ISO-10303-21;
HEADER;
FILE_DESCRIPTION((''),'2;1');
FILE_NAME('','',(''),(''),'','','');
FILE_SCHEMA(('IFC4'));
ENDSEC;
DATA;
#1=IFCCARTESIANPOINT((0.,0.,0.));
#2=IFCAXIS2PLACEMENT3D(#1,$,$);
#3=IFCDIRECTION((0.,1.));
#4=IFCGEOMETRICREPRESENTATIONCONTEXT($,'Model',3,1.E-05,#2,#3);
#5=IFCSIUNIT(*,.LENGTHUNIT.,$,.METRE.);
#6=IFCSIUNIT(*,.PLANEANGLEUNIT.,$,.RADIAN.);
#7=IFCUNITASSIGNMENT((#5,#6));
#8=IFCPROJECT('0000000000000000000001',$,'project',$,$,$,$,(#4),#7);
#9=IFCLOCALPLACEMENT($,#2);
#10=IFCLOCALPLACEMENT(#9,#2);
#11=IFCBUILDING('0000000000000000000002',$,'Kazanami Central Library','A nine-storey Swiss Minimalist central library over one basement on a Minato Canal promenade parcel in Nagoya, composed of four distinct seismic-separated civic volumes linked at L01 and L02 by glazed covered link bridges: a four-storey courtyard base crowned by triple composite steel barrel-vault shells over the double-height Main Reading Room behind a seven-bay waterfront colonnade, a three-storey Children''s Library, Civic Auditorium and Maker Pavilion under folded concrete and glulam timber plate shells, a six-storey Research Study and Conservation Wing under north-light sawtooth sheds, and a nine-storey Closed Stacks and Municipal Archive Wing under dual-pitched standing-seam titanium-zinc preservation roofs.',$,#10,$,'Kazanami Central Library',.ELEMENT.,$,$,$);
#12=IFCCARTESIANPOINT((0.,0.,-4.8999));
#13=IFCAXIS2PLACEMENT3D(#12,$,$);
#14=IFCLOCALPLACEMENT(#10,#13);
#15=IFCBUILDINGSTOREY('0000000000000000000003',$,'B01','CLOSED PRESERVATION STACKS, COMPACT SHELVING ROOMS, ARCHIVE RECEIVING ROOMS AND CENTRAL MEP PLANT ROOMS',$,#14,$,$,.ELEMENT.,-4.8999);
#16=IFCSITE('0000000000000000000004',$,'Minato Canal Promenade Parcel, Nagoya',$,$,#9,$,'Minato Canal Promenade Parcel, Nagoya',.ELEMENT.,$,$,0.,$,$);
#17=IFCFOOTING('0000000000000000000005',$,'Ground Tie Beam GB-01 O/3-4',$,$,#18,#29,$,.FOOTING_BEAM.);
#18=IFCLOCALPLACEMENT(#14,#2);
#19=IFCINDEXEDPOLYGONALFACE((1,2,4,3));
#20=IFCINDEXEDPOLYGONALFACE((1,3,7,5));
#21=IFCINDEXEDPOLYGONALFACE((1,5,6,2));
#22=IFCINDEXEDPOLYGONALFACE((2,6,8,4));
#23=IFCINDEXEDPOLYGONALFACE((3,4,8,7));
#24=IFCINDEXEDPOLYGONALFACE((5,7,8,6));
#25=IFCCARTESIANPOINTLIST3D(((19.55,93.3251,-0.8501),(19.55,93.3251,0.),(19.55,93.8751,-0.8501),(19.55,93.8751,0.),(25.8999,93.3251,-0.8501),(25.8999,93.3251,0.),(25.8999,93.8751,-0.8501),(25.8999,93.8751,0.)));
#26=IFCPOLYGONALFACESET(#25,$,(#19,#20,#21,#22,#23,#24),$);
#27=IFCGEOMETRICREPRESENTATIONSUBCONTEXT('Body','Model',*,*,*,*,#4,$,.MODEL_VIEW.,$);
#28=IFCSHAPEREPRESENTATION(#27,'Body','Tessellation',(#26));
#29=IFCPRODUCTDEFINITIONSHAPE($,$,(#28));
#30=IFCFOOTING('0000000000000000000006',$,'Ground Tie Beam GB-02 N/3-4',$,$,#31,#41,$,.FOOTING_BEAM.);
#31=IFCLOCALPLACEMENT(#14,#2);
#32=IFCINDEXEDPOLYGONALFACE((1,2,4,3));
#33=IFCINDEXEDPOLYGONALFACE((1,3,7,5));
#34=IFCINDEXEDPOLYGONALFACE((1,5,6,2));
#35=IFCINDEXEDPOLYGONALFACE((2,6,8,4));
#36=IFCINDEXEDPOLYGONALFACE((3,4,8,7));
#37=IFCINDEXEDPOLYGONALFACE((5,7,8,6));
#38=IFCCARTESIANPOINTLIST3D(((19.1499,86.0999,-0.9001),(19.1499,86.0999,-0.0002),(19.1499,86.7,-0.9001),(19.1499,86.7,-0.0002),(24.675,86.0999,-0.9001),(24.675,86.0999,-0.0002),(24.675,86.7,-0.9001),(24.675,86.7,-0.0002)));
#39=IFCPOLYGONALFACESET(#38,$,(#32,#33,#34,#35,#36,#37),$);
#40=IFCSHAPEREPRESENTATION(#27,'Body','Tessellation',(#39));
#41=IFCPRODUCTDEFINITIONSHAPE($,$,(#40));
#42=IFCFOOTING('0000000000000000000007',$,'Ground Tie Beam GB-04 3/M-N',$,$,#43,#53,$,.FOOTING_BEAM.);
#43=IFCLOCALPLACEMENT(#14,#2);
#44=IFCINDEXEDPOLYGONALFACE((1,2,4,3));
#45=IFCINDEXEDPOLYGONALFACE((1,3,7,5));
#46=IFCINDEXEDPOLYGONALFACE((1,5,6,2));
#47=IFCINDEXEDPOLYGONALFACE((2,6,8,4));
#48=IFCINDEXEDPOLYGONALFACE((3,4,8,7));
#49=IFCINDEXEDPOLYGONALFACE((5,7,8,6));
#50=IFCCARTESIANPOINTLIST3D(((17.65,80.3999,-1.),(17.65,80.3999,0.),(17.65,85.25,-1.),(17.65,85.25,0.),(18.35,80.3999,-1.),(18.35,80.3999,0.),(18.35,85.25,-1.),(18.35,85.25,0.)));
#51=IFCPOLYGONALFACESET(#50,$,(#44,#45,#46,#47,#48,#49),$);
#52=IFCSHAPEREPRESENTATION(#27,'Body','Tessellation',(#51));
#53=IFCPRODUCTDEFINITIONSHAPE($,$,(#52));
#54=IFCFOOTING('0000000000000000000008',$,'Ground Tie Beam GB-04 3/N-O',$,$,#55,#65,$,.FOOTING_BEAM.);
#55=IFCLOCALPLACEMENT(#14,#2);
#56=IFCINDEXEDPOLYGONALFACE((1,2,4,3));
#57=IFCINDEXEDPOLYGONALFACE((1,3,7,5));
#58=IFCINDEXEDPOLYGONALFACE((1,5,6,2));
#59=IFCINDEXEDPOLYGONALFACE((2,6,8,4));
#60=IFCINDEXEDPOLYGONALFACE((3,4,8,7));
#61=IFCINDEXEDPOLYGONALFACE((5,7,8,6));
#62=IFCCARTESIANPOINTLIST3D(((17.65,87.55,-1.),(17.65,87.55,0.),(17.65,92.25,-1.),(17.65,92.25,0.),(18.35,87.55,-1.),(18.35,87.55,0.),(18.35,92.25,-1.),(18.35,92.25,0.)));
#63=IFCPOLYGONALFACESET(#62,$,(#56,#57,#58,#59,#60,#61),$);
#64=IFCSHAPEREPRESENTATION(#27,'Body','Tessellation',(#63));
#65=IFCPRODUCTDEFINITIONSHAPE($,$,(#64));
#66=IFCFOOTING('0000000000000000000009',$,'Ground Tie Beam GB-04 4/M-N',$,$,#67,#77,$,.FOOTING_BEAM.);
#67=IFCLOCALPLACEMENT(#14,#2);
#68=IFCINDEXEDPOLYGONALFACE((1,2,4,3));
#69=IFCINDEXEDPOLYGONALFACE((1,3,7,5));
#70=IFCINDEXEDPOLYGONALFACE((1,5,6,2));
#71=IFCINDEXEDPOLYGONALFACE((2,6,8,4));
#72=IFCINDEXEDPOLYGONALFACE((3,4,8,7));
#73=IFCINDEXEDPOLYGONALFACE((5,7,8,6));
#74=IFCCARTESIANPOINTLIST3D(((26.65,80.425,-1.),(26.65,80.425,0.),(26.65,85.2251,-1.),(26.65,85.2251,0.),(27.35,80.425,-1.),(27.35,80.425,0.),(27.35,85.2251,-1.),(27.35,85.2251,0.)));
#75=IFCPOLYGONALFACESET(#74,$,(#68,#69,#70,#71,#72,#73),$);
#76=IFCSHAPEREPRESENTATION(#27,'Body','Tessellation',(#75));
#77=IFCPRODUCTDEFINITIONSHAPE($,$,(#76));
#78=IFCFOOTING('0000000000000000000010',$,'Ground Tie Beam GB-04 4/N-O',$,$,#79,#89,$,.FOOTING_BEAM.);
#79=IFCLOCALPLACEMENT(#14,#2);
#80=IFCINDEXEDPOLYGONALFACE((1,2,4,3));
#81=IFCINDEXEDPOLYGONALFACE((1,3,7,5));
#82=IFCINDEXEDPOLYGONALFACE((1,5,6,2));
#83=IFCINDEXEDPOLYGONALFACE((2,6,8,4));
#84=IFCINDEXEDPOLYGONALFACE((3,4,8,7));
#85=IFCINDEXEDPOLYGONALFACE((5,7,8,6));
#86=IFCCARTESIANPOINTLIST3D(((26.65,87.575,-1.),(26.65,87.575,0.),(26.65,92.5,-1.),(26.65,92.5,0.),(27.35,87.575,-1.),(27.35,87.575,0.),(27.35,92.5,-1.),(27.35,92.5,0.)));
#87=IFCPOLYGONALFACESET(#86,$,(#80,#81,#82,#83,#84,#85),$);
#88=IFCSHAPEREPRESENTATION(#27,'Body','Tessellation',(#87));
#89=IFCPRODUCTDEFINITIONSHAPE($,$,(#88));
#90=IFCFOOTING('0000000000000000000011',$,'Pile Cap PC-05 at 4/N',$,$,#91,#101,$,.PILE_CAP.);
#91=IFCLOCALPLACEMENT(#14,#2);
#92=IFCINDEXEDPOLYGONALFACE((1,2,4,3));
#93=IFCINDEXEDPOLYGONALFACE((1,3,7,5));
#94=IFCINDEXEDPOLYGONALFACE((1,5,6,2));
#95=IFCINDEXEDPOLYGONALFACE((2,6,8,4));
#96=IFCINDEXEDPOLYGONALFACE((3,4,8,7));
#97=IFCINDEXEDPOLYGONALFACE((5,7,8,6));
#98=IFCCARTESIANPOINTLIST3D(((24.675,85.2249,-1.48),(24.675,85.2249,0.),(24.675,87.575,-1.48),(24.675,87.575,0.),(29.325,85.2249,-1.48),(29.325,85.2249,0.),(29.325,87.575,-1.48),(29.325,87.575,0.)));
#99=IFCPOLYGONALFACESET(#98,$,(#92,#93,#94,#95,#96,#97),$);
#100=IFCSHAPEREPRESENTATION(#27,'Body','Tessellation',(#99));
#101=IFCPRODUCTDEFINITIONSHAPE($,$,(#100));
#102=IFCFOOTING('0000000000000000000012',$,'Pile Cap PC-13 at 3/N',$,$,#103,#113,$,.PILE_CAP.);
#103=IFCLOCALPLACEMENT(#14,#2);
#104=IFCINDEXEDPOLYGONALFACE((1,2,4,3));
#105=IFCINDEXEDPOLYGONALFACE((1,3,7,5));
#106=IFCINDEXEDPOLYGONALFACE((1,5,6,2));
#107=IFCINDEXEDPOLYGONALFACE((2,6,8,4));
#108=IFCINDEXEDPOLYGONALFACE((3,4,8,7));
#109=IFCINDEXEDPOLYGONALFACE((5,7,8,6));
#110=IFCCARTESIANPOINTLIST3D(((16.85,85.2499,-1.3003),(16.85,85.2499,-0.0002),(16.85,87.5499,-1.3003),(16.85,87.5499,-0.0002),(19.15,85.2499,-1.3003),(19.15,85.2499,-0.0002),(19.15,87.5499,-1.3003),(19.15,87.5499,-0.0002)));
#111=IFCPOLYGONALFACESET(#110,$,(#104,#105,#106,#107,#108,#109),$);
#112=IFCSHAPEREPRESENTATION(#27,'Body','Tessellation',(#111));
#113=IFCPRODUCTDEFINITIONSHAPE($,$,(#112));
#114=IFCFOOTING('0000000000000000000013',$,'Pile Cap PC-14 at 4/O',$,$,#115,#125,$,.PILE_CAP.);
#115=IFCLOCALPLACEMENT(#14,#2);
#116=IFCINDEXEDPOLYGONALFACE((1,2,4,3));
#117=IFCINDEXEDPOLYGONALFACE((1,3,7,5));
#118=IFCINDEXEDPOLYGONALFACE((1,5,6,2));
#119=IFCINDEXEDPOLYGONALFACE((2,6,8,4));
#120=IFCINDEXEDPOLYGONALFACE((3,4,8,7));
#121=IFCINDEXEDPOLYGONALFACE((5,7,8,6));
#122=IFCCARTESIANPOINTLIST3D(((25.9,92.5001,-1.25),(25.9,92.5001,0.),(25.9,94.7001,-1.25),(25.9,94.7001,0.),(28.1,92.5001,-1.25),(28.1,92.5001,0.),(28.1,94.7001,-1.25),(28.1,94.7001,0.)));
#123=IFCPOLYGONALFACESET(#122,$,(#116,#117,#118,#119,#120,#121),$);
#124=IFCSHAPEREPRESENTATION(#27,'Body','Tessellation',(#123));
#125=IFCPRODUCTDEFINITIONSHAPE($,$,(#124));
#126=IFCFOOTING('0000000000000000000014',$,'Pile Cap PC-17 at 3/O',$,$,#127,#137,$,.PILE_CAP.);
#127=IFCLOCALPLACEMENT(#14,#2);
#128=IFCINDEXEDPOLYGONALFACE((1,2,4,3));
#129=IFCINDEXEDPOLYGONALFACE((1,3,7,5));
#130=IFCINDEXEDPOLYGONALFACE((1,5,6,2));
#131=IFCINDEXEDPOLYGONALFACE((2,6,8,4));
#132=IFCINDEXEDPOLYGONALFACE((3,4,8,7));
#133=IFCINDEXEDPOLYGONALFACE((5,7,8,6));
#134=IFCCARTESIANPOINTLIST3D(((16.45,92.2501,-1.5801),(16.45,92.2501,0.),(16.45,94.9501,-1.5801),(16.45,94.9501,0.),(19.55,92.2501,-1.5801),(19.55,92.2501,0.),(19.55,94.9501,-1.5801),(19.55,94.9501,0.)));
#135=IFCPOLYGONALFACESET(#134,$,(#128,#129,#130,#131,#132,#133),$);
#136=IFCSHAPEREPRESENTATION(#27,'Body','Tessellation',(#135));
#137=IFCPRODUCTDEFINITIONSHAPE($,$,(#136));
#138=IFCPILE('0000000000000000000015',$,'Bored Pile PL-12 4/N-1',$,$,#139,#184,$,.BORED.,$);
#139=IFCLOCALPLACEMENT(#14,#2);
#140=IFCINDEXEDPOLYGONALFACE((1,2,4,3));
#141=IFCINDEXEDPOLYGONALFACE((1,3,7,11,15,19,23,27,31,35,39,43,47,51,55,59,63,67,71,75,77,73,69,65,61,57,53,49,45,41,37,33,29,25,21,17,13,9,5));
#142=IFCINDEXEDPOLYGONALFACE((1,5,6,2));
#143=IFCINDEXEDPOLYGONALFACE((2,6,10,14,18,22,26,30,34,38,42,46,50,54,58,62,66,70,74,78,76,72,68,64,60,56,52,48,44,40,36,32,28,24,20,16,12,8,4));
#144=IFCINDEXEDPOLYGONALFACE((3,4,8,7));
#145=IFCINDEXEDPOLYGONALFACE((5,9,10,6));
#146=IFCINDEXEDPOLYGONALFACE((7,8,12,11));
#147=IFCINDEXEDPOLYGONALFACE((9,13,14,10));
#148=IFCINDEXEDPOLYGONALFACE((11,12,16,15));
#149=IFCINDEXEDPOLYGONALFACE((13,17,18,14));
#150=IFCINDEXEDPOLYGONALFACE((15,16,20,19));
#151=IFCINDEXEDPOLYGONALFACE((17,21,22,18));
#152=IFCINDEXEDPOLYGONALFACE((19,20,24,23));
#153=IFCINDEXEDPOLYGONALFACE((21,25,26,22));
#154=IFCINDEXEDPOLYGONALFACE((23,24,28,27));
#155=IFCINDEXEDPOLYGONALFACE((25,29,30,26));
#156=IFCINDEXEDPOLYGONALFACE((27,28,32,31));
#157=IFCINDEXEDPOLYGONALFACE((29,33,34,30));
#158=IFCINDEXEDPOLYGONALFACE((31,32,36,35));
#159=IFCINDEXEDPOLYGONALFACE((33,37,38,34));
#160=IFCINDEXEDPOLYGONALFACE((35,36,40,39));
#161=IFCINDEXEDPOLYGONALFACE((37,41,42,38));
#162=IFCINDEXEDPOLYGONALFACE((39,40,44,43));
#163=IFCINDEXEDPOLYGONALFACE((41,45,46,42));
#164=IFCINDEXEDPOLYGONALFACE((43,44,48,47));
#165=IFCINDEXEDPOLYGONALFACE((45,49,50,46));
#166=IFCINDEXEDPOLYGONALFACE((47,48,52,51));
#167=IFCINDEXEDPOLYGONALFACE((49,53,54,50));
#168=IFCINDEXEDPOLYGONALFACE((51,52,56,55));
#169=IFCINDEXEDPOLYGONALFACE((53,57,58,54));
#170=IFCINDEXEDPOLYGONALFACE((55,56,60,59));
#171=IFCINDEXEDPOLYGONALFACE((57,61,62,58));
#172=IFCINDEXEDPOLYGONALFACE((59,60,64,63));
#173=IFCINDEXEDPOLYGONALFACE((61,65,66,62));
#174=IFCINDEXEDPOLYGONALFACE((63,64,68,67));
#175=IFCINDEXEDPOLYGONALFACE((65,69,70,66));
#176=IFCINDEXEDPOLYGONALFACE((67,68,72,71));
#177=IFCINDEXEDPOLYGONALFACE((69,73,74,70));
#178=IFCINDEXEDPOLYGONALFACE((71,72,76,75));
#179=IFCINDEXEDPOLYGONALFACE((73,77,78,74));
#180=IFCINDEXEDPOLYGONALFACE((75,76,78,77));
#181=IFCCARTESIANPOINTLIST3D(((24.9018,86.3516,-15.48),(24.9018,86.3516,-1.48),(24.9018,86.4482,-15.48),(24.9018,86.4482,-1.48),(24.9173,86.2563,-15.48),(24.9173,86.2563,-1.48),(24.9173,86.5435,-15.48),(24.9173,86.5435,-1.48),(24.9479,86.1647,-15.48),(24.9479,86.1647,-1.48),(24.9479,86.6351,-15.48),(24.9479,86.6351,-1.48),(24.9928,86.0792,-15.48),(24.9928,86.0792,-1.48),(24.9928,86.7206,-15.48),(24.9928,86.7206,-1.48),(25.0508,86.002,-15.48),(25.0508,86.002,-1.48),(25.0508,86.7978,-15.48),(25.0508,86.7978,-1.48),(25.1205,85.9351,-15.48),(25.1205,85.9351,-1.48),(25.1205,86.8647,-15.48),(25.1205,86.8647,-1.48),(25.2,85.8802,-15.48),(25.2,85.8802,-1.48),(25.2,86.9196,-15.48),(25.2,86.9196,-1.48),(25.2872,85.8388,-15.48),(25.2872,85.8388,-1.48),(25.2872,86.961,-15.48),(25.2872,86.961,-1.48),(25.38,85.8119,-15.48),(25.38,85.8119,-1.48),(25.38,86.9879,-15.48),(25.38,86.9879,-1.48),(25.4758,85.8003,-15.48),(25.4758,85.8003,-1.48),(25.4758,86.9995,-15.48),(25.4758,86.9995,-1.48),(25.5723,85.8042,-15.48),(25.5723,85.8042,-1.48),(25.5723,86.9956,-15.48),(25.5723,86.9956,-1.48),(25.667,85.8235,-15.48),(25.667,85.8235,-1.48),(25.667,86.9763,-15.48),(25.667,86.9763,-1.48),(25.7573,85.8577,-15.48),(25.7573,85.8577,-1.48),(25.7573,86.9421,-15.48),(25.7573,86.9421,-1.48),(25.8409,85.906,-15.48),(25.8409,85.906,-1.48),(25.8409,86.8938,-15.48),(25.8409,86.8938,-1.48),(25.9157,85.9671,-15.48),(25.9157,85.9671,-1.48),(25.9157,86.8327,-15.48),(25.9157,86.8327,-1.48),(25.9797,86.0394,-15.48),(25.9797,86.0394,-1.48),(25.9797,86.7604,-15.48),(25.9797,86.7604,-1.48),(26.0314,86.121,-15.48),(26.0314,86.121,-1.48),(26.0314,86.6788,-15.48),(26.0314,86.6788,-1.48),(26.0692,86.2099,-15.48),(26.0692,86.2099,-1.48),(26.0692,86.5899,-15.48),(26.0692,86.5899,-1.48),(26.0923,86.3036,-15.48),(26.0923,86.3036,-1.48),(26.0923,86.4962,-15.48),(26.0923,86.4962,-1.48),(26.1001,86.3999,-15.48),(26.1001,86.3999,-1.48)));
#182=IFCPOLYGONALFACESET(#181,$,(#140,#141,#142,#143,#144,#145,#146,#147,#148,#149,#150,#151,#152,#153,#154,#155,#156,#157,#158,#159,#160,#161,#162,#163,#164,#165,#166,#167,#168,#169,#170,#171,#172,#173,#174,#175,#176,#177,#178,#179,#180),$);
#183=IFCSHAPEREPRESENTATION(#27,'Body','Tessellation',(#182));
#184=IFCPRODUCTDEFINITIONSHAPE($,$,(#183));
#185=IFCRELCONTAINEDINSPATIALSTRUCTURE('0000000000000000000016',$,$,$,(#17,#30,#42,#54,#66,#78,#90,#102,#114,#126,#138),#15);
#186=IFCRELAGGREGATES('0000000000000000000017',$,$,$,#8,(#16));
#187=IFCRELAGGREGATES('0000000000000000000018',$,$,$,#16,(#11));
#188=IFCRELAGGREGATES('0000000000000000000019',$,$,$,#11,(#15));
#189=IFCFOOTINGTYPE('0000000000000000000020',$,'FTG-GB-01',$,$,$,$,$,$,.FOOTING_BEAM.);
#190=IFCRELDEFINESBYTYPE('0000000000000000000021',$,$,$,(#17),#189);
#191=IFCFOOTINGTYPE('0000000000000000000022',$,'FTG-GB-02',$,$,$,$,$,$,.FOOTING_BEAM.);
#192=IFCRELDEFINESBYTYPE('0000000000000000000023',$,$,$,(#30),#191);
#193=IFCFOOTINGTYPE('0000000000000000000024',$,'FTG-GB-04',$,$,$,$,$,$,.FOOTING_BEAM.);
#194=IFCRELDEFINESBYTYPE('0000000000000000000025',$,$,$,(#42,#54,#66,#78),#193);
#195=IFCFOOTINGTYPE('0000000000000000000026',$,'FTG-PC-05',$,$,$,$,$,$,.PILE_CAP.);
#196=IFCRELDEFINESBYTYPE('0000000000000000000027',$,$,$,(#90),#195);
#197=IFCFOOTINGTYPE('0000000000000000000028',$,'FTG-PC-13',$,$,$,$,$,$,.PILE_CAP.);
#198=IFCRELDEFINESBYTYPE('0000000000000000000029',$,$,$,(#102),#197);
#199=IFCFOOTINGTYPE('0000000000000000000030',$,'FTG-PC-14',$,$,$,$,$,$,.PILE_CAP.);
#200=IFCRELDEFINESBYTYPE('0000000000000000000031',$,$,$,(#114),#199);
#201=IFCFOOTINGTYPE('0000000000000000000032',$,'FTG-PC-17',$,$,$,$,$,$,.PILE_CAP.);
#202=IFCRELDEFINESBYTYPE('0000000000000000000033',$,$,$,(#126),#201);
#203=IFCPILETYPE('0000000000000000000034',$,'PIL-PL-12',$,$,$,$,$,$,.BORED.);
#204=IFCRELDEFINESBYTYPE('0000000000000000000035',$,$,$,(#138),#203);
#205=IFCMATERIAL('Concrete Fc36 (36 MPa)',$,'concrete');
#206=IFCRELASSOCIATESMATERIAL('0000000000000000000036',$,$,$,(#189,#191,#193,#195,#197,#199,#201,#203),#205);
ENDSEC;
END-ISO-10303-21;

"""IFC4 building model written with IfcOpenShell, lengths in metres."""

from ifc_helpers import new_model, si_unit, direction, frame, origin, origin_2d, place, context, subcontext, project, spatial, rectangle, circle, extrude, material, material_profile, profile_set, type_object, element, save


model = new_model("IFC4")

# Units and contexts
model_context = context("Model", 3, precision=1e-05, world=origin(), true_north=direction((0.0, 1.0)))
body_context = subcontext(model_context, "Body", "Model", "MODEL_VIEW")
ifc_project = project(units=[si_unit("LENGTHUNIT", "METRE"), si_unit("PLANEANGLEUNIT", "RADIAN")], contexts=[model_context])

# Site, building, storey
site_placement = place(None, origin())
site = spatial("IfcSite", under=ifc_project, at=site_placement, Name="Minato Canal Promenade Parcel, Nagoya", LongName="Minato Canal Promenade Parcel, Nagoya", CompositionType="ELEMENT", RefElevation=0.0)
building_placement = place(site_placement, origin())
building = spatial("IfcBuilding", under=site, at=building_placement, Name="Kazanami Central Library", Description="A nine-storey Swiss Minimalist central library over one basement on a Minato Canal promenade parcel in Nagoya, composed of four distinct seismic-separated civic volumes linked at L01 and L02 by glazed covered link bridges: a four-storey courtyard base crowned by triple composite steel barrel-vault shells over the double-height Main Reading Room behind a seven-bay waterfront colonnade, a three-storey Children's Library, Civic Auditorium and Maker Pavilion under folded concrete and glulam timber plate shells, a six-storey Research Study and Conservation Wing under north-light sawtooth sheds, and a nine-storey Closed Stacks and Municipal Archive Wing under dual-pitched standing-seam titanium-zinc preservation roofs.", LongName="Kazanami Central Library", CompositionType="ELEMENT")
storey_placement = place(building_placement, frame((0.0, 0.0, -4.8999)))
storey = spatial("IfcBuildingStorey", under=building, at=storey_placement, Name="B01", Description="CLOSED PRESERVATION STACKS, COMPACT SHELVING ROOMS, ARCHIVE RECEIVING ROOMS AND CENTRAL MEP PLANT ROOMS", CompositionType="ELEMENT", Elevation=-4.8999)

# Footings
ifc_material_1 = material(Name="Concrete Fc36 (36 MPa)", Category="concrete")
ifc_material_profile_1 = material_profile(ifc_material_1, rectangle(XDim=0.55, YDim=0.8501, at=origin_2d()), Name="RC-550x850")
ifc_profile_set_1 = profile_set([ifc_material_profile_1], Name="Concrete Fc36 (36 MPa)")
footing_type_1 = type_object("IfcFootingType", Name="FTG-GB-01", PredefinedType="FOOTING_BEAM", material=ifc_profile_set_1)
footing_1_placement = place(storey_placement, frame((19.55, 93.6001, -0.425), z_axis=(1.0, 0.0, 0.0), x_axis=(0.0, 1.0, 0.0)))
element("IfcFooting", 1, at=footing_1_placement, inside=storey, type_object=footing_type_1, Name="Ground Tie Beam GB-01 O/3-4", PredefinedType="FOOTING_BEAM", context=body_context, shape_type="SweptSolid", body=[
    extrude(rectangle(XDim=0.55, YDim=0.8501, at=origin_2d()), origin(), (0.0, 0.0, 1.0), 6.3499),
])
ifc_material_profile_2 = material_profile(ifc_material_1, rectangle(XDim=0.6001, YDim=0.8999, at=origin_2d()), Name="RC-600x900")
ifc_profile_set_2 = profile_set([ifc_material_profile_2], Name="Concrete Fc36 (36 MPa)")
footing_type_2 = type_object("IfcFootingType", Name="FTG-GB-02", PredefinedType="FOOTING_BEAM", material=ifc_profile_set_2)
footing_2_placement = place(storey_placement, frame((19.1499, 86.3999, -0.4502), z_axis=(1.0, 0.0, 0.0), x_axis=(0.0, 1.0, 0.0)))
element("IfcFooting", 2, at=footing_2_placement, inside=storey, type_object=footing_type_2, Name="Ground Tie Beam GB-02 N/3-4", PredefinedType="FOOTING_BEAM", context=body_context, shape_type="SweptSolid", body=[
    extrude(rectangle(XDim=0.6001, YDim=0.8999, at=origin_2d()), origin(), (0.0, 0.0, 1.0), 5.5251),
])
ifc_material_profile_3 = material_profile(ifc_material_1, rectangle(XDim=0.7, YDim=1.0, at=origin_2d()), Name="RC-700x1000")
ifc_profile_set_3 = profile_set([ifc_material_profile_3], Name="Concrete Fc36 (36 MPa)")
footing_type_3 = type_object("IfcFootingType", Name="FTG-GB-04", PredefinedType="FOOTING_BEAM", material=ifc_profile_set_3)
footing_3_placement = place(storey_placement, frame((18.0, 80.3999, -0.5), z_axis=(0.0, 1.0, 0.0), x_axis=(-1.0, 0.0, 0.0)))
element("IfcFooting", 3, at=footing_3_placement, inside=storey, type_object=footing_type_3, Name="Ground Tie Beam GB-04 3/M-N", PredefinedType="FOOTING_BEAM", context=body_context, shape_type="SweptSolid", body=[
    extrude(rectangle(XDim=0.7, YDim=1.0, at=origin_2d()), origin(), (0.0, 0.0, 1.0), 4.8501),
])
footing_4_placement = place(storey_placement, frame((18.0, 87.55, -0.5), z_axis=(0.0, 1.0, 0.0), x_axis=(-1.0, 0.0, 0.0)))
element("IfcFooting", 4, at=footing_4_placement, inside=storey, type_object=footing_type_3, Name="Ground Tie Beam GB-04 3/N-O", PredefinedType="FOOTING_BEAM", context=body_context, shape_type="SweptSolid", body=[
    extrude(rectangle(XDim=0.7, YDim=1.0, at=origin_2d()), origin(), (0.0, 0.0, 1.0), 4.7),
])
footing_5_placement = place(storey_placement, frame((27.0, 80.425, -0.5), z_axis=(0.0, 1.0, 0.0), x_axis=(-1.0, 0.0, 0.0)))
element("IfcFooting", 5, at=footing_5_placement, inside=storey, type_object=footing_type_3, Name="Ground Tie Beam GB-04 4/M-N", PredefinedType="FOOTING_BEAM", context=body_context, shape_type="SweptSolid", body=[
    extrude(rectangle(XDim=0.7, YDim=1.0, at=origin_2d()), origin(), (0.0, 0.0, 1.0), 4.8),
])
footing_6_placement = place(storey_placement, frame((27.0, 87.575, -0.5), z_axis=(0.0, 1.0, 0.0), x_axis=(-1.0, 0.0, 0.0)))
element("IfcFooting", 6, at=footing_6_placement, inside=storey, type_object=footing_type_3, Name="Ground Tie Beam GB-04 4/N-O", PredefinedType="FOOTING_BEAM", context=body_context, shape_type="SweptSolid", body=[
    extrude(rectangle(XDim=0.7, YDim=1.0, at=origin_2d()), origin(), (0.0, 0.0, 1.0), 4.925),
])
footing_type_4 = type_object("IfcFootingType", Name="FTG-PC-05", PredefinedType="PILE_CAP", material=ifc_material_1)
footing_7_placement = place(storey_placement, frame((27.0, 86.3999, -1.48), z_axis=(0.0, 0.0, 1.0), x_axis=(1.0, 0.0, 0.0)))
element("IfcFooting", 7, at=footing_7_placement, inside=storey, type_object=footing_type_4, Name="Pile Cap PC-05 at 4/N", PredefinedType="PILE_CAP", context=body_context, shape_type="SweptSolid", body=[
    extrude(rectangle(XDim=4.6499, YDim=2.3501, at=origin_2d()), origin(), (0.0, 0.0, 1.0), 1.48),
])
footing_type_5 = type_object("IfcFootingType", Name="FTG-PC-13", PredefinedType="PILE_CAP", material=ifc_material_1)
footing_8_placement = place(storey_placement, frame((18.0, 86.3999, -1.3003), z_axis=(0.0, 0.0, 1.0), x_axis=(1.0, 0.0, 0.0)))
element("IfcFooting", 8, at=footing_8_placement, inside=storey, type_object=footing_type_5, Name="Pile Cap PC-13 at 3/N", PredefinedType="PILE_CAP", context=body_context, shape_type="SweptSolid", body=[
    extrude(rectangle(XDim=2.3, YDim=2.3, at=origin_2d()), origin(), (0.0, 0.0, 1.0), 1.3),
])
footing_type_6 = type_object("IfcFootingType", Name="FTG-PC-14", PredefinedType="PILE_CAP", material=ifc_material_1)
footing_9_placement = place(storey_placement, frame((27.0, 93.6001, -1.25), z_axis=(0.0, 0.0, 1.0), x_axis=(1.0, 0.0, 0.0)))
element("IfcFooting", 9, at=footing_9_placement, inside=storey, type_object=footing_type_6, Name="Pile Cap PC-14 at 4/O", PredefinedType="PILE_CAP", context=body_context, shape_type="SweptSolid", body=[
    extrude(rectangle(XDim=2.2, YDim=2.2, at=origin_2d()), origin(), (0.0, 0.0, 1.0), 1.25),
])
footing_type_7 = type_object("IfcFootingType", Name="FTG-PC-17", PredefinedType="PILE_CAP", material=ifc_material_1)
footing_10_placement = place(storey_placement, frame((18.0, 93.6001, -1.5801), z_axis=(0.0, 0.0, 1.0), x_axis=(1.0, 0.0, 0.0)))
element("IfcFooting", 10, at=footing_10_placement, inside=storey, type_object=footing_type_7, Name="Pile Cap PC-17 at 3/O", PredefinedType="PILE_CAP", context=body_context, shape_type="SweptSolid", body=[
    extrude(rectangle(XDim=3.1001, YDim=2.7, at=origin_2d()), origin(), (0.0, 0.0, 1.0), 1.5801),
])

# Pile
ifc_material_profile_4 = material_profile(ifc_material_1, circle(Radius=0.6001, at=origin_2d()), Name="BORED-D1200")
ifc_profile_set_4 = profile_set([ifc_material_profile_4], Name="Concrete Fc36 (36 MPa)")
pile_type_1 = type_object("IfcPileType", Name="PIL-PL-12", PredefinedType="BORED", material=ifc_profile_set_4)
for number, where, z_axis, x_axis, name in (
    (11, (25.5, 86.3999, -1.48), (0.0, 0.0, -1.0), (1.0, 0.0, 0.0), "Bored Pile PL-12 4/N-1"),
):
    element("IfcPile", number, at=place(storey_placement, frame(where, z_axis=z_axis, x_axis=x_axis)), inside=storey, type_object=pile_type_1, Name=name, PredefinedType="BORED", context=body_context, shape_type="SweptSolid", body=[
        extrude(circle(Radius=0.6001, at=origin_2d()), origin(), (0.0, 0.0, 1.0), 14.0),
    ])

save(model, "model.ifc")
